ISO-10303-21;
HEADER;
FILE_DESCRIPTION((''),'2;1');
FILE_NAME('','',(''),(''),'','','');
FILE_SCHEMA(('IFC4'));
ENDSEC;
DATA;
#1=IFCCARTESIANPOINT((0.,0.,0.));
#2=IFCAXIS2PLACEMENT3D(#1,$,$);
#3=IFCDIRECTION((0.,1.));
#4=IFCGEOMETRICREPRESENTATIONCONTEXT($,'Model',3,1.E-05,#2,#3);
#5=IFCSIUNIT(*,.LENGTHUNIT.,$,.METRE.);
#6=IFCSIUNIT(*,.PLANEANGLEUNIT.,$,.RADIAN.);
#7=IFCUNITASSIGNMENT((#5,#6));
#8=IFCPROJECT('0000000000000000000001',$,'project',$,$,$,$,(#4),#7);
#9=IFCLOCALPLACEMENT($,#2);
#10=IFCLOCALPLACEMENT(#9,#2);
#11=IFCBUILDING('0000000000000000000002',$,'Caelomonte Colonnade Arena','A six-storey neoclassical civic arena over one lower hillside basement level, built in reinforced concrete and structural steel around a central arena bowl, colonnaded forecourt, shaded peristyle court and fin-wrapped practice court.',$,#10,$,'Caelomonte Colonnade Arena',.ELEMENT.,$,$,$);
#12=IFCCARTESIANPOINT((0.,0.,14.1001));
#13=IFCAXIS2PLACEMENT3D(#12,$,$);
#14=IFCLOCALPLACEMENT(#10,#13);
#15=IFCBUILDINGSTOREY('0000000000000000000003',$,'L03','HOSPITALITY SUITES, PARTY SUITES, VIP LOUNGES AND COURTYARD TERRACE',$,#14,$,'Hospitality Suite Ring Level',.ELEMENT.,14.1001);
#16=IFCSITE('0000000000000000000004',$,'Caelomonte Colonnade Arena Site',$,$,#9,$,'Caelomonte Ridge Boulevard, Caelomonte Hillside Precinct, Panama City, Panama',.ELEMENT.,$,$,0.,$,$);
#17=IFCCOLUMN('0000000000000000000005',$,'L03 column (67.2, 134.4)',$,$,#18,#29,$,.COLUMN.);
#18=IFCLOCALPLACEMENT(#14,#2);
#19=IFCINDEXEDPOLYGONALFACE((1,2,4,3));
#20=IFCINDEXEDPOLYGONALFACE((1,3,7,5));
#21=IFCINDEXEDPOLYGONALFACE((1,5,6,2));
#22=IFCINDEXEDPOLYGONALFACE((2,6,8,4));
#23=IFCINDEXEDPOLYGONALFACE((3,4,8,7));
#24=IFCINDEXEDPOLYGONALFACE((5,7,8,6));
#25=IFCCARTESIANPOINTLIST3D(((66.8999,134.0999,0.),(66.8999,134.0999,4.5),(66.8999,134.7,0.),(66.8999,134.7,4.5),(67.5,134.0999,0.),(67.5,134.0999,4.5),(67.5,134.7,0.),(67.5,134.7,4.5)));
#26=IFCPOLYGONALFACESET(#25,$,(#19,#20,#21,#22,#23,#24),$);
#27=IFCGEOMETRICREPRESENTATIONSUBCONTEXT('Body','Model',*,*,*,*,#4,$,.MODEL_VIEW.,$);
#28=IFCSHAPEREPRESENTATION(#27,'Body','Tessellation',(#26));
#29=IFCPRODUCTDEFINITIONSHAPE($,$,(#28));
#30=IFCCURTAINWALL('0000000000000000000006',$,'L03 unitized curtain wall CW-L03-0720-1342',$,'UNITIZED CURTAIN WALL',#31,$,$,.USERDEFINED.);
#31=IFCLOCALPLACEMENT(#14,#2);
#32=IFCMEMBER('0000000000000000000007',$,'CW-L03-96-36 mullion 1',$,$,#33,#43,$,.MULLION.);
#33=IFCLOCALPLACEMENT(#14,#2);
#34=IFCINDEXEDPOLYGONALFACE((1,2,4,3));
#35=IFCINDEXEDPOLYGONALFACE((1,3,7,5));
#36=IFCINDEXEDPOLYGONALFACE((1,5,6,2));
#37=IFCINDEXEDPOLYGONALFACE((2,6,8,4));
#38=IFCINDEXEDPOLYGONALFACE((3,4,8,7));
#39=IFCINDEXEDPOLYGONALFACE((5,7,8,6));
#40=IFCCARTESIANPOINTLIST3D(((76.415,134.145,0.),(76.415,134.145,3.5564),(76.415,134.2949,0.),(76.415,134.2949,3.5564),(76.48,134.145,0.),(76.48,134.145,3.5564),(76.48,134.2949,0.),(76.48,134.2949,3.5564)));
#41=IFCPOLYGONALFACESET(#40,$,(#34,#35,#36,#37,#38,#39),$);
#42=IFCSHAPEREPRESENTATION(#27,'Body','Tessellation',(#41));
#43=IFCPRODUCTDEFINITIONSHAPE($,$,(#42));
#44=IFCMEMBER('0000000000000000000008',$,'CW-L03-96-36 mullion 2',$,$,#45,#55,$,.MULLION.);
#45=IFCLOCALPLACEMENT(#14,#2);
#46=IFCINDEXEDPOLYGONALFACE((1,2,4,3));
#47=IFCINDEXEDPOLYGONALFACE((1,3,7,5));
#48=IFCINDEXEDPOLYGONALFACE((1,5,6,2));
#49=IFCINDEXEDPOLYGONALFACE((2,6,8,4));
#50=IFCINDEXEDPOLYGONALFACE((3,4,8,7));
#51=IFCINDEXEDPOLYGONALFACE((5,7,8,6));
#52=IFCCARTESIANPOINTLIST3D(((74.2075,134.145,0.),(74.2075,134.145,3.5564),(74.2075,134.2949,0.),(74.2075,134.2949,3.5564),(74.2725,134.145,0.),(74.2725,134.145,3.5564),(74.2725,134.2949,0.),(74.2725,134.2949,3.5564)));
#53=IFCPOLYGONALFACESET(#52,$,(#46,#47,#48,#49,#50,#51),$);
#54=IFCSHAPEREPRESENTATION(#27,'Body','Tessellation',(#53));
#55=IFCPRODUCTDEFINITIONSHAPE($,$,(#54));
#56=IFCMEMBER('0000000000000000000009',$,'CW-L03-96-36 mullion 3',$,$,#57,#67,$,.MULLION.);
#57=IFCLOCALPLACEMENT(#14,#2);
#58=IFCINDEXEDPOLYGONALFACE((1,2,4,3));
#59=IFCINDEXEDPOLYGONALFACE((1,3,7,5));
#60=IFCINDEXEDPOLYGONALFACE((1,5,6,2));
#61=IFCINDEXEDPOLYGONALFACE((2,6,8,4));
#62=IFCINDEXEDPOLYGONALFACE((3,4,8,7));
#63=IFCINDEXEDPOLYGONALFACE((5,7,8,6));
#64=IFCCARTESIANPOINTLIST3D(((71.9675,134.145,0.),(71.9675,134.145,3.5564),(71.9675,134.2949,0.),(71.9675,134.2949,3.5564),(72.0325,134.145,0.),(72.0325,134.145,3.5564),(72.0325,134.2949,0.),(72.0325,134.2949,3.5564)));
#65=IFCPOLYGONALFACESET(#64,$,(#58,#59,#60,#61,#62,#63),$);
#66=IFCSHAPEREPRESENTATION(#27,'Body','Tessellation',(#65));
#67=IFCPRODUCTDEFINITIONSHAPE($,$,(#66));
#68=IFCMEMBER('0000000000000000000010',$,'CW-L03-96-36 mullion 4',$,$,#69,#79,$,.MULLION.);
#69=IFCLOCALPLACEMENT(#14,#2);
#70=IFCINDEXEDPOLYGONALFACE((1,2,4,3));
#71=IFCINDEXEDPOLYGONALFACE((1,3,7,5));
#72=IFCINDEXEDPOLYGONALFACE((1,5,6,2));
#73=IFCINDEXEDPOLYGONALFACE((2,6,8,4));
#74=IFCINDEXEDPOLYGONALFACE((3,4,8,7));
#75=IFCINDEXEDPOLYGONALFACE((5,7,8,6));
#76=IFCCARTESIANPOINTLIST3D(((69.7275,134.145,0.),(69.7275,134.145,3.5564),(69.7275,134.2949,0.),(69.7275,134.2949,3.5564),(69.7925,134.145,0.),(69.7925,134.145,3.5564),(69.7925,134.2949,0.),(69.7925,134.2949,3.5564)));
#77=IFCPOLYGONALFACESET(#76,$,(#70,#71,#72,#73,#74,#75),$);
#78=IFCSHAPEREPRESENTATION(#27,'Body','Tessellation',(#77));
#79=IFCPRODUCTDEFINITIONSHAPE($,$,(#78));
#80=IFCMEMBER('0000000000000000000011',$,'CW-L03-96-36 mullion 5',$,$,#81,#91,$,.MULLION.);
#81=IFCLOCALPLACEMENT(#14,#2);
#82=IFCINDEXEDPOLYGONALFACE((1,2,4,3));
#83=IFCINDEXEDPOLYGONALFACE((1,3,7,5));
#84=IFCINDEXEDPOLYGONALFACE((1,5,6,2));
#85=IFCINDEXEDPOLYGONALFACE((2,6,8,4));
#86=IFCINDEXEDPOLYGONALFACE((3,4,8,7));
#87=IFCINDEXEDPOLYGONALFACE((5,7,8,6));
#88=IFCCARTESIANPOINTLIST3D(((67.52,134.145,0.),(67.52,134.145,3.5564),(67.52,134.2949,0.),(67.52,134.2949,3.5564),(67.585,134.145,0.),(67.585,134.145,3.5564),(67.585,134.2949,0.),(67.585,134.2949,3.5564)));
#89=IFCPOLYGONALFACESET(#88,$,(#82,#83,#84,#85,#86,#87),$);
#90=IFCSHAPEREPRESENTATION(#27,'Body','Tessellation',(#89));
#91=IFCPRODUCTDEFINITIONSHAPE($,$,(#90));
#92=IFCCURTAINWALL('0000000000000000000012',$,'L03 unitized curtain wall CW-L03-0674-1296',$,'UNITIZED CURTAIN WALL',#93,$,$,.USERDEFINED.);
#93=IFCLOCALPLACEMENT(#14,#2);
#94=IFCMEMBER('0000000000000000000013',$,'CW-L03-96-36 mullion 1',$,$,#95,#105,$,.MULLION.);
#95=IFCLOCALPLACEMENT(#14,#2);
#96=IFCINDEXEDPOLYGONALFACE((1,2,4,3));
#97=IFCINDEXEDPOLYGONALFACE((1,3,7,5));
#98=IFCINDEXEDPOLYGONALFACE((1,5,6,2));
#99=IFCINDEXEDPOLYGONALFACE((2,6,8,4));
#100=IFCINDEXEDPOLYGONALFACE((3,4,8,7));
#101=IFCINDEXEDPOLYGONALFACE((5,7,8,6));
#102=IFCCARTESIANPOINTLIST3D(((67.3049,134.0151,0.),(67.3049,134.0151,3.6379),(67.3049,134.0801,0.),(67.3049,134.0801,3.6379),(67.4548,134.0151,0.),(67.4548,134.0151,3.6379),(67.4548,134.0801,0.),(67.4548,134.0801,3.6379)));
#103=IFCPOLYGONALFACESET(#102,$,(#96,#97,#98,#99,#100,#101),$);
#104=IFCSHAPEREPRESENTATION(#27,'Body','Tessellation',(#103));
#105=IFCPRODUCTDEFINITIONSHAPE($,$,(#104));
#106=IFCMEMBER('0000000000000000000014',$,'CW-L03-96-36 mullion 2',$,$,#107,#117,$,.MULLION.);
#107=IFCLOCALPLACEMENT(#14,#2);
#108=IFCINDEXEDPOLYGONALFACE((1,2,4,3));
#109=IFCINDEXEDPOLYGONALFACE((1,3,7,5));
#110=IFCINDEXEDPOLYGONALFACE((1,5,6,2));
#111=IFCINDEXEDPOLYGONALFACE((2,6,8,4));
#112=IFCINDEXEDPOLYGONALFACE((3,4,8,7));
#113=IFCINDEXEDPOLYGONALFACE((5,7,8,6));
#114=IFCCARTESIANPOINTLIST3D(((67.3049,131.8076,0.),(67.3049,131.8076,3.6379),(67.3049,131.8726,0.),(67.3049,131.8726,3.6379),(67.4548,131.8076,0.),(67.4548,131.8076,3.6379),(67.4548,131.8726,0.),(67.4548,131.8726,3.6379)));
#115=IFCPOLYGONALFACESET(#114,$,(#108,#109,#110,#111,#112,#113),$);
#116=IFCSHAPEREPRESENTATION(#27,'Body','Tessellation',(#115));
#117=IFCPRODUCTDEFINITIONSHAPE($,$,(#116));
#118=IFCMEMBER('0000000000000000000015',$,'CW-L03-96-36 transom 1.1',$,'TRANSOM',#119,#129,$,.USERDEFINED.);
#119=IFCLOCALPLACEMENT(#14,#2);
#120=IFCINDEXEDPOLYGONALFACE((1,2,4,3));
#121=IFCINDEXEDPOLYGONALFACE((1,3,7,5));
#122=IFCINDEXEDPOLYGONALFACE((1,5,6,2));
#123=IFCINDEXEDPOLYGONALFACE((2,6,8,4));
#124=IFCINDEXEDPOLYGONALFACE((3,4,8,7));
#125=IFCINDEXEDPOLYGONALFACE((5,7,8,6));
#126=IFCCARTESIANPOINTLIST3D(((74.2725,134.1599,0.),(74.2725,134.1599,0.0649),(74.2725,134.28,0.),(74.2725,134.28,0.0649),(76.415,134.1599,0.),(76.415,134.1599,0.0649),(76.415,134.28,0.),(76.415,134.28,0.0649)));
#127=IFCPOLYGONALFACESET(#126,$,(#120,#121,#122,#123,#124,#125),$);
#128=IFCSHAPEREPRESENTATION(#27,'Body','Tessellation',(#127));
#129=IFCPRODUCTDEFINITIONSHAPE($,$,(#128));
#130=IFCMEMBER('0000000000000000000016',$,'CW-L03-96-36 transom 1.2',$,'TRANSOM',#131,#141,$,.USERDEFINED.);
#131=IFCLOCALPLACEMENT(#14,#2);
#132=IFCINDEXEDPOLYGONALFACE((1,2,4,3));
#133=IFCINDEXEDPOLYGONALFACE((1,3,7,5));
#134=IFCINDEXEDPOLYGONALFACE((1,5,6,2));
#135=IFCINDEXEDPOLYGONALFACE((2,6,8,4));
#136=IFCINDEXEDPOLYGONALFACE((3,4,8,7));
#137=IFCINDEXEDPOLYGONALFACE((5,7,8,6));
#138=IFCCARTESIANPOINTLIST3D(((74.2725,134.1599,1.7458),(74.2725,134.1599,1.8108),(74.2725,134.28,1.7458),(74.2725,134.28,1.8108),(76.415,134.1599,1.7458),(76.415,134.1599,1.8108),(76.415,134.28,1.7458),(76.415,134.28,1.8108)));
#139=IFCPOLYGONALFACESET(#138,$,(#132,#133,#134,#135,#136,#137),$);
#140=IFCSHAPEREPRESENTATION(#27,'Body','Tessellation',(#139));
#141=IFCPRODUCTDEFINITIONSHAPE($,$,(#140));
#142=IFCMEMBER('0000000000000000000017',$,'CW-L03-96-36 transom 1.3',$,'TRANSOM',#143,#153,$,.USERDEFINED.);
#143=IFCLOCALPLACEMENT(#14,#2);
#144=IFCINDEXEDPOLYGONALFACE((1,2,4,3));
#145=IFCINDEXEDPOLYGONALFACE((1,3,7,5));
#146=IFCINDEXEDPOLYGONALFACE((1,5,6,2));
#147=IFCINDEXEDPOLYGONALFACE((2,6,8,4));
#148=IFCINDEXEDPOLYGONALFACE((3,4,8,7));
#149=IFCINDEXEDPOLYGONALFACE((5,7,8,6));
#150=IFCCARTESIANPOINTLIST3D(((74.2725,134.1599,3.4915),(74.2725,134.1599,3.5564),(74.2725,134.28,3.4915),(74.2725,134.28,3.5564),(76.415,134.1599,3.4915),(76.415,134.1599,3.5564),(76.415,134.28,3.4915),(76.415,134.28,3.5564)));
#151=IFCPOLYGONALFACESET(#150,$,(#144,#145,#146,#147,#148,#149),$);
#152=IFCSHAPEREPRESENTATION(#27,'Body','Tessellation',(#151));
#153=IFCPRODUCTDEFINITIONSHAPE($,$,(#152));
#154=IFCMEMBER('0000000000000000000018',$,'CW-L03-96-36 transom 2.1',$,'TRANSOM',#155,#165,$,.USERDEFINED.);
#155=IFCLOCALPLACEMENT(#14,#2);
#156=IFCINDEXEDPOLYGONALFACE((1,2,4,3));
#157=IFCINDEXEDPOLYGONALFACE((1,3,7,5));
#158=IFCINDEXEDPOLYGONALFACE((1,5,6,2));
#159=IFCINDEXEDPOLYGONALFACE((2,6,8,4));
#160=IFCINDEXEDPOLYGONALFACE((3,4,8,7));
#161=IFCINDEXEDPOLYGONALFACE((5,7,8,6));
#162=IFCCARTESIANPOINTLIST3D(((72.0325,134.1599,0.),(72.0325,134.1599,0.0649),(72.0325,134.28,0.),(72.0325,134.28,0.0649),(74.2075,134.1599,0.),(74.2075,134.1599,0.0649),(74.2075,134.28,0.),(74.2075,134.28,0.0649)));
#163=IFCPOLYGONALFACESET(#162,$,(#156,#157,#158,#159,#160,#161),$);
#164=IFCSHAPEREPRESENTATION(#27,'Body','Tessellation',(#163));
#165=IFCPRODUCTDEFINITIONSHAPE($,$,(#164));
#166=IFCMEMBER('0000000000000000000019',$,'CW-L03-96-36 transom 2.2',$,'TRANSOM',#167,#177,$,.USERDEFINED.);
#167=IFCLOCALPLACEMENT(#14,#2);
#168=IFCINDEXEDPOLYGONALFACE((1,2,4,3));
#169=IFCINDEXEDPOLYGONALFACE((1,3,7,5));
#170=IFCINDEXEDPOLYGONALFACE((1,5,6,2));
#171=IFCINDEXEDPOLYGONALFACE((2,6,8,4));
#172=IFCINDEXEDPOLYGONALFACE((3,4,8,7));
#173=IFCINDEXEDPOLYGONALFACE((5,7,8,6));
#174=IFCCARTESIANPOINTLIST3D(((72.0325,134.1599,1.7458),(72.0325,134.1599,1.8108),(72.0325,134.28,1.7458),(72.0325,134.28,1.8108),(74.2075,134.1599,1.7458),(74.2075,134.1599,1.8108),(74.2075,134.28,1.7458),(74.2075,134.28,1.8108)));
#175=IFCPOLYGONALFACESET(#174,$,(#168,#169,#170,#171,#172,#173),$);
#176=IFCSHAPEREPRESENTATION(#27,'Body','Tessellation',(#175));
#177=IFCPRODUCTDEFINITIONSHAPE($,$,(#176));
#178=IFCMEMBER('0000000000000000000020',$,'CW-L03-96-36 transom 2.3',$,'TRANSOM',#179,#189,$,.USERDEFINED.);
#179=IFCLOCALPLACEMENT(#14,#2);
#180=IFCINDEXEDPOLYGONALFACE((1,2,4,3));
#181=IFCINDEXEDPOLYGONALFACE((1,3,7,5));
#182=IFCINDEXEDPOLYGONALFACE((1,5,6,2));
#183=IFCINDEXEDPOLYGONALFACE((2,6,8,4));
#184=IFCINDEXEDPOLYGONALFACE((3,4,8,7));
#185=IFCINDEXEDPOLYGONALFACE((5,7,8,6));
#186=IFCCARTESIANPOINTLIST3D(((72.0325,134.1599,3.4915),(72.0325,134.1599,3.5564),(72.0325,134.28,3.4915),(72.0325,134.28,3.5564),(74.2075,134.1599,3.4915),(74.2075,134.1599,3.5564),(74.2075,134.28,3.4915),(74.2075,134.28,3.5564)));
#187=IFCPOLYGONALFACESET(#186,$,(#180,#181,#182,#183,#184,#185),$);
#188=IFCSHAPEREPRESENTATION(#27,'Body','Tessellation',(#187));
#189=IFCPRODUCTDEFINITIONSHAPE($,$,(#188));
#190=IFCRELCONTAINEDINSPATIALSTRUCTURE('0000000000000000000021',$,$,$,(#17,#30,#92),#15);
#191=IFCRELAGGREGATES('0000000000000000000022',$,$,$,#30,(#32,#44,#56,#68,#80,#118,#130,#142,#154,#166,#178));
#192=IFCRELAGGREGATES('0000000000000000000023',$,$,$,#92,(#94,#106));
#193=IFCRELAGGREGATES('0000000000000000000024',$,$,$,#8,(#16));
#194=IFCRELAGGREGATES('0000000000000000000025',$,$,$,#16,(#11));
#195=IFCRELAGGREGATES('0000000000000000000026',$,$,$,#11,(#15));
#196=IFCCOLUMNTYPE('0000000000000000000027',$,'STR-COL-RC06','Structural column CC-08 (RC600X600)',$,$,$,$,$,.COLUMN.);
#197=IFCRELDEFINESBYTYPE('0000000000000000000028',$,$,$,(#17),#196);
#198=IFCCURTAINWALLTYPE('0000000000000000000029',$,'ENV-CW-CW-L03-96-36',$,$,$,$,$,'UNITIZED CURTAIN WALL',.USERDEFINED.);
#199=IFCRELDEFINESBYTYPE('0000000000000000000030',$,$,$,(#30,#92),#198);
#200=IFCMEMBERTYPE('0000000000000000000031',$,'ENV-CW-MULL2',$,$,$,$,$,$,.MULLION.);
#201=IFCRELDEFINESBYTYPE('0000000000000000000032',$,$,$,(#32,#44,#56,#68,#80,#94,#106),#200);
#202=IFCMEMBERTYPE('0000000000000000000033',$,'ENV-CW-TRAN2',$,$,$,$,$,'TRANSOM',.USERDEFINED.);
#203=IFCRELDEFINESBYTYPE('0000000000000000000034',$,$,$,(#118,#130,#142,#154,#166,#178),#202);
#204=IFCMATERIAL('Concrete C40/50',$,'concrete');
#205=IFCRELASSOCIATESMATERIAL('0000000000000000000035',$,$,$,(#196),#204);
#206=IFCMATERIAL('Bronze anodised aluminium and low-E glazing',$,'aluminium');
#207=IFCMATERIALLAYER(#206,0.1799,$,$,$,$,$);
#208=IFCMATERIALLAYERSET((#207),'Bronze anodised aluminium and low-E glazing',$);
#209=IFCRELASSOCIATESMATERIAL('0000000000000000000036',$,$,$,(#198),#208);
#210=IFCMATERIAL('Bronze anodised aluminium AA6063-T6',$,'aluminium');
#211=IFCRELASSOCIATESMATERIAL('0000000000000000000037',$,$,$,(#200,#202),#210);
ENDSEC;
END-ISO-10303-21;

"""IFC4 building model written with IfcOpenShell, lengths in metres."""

from ifc_helpers import new_model, si_unit, direction, frame, origin, origin_2d, place, context, subcontext, project, spatial, rectangle, extrude, material, layer, layer_set, material_profile, profile_set, type_object, element, aggregate, save


model = new_model("IFC4")

# Units and contexts
model_context = context("Model", 3, precision=1e-05, world=origin(), true_north=direction((0.0, 1.0)))
body_context = subcontext(model_context, "Body", "Model", "MODEL_VIEW")
ifc_project = project(units=[si_unit("LENGTHUNIT", "METRE"), si_unit("PLANEANGLEUNIT", "RADIAN")], contexts=[model_context])

# Site, building, storey
site_placement = place(None, origin())
site = spatial("IfcSite", under=ifc_project, at=site_placement, Name="Caelomonte Colonnade Arena Site", LongName="Caelomonte Ridge Boulevard, Caelomonte Hillside Precinct, Panama City, Panama", CompositionType="ELEMENT", RefElevation=0.0)
building_placement = place(site_placement, origin())
building = spatial("IfcBuilding", under=site, at=building_placement, Name="Caelomonte Colonnade Arena", Description="A six-storey neoclassical civic arena over one lower hillside basement level, built in reinforced concrete and structural steel around a central arena bowl, colonnaded forecourt, shaded peristyle court and fin-wrapped practice court.", LongName="Caelomonte Colonnade Arena", CompositionType="ELEMENT")
storey_placement = place(building_placement, frame((0.0, 0.0, 14.1001)))
storey = spatial("IfcBuildingStorey", under=building, at=storey_placement, Name="L03", Description="HOSPITALITY SUITES, PARTY SUITES, VIP LOUNGES AND COURTYARD TERRACE", LongName="Hospitality Suite Ring Level", CompositionType="ELEMENT", Elevation=14.1001)

# Column
ifc_material_1 = material(Name="Concrete C40/50", Category="concrete")
ifc_material_profile_1 = material_profile(ifc_material_1, rectangle(XDim=0.6001, YDim=0.6001, at=origin_2d()), Name="RC600X600")
ifc_profile_set_1 = profile_set([ifc_material_profile_1], Name="Concrete C40/50")
column_type = type_object("IfcColumnType", Name="STR-COL-RC06", Description="Structural column CC-08 (RC600X600)", PredefinedType="COLUMN", material=ifc_profile_set_1)
column_placement = place(storey_placement, frame((67.2, 134.3999, 0.0), z_axis=(0.0, 0.0, 1.0), x_axis=(1.0, 0.0, 0.0)))
element("IfcColumn", 1, at=column_placement, inside=storey, type_object=column_type, Name="L03 column (67.2, 134.4)", PredefinedType="COLUMN", context=body_context, shape_type="SweptSolid", body=[
    extrude(rectangle(XDim=0.6001, YDim=0.6001, at=origin_2d()), origin(), (0.0, 0.0, 1.0), 4.5),
])

# Curtain walls, members
ifc_material_2 = material(Name="Bronze anodised aluminium and low-E glazing", Category="aluminium")
ifc_layer_1 = layer(ifc_material_2, 0.1799)
ifc_layer_set_1 = layer_set([ifc_layer_1], Name="Bronze anodised aluminium and low-E glazing")
curtain_wall_type = type_object("IfcCurtainWallType", Name="ENV-CW-CW-L03-96-36", ElementType="UNITIZED CURTAIN WALL", PredefinedType="USERDEFINED", material=ifc_layer_set_1)
curtain_wall_1_placement = place(storey_placement, origin())
curtain_wall_1 = element("IfcCurtainWall", 2, at=curtain_wall_1_placement, inside=storey, type_object=curtain_wall_type, Name="L03 unitized curtain wall CW-L03-0720-1342", ObjectType="UNITIZED CURTAIN WALL", PredefinedType="USERDEFINED")
ifc_material_3 = material(Name="Bronze anodised aluminium AA6063-T6", Category="aluminium")
ifc_material_profile_2 = material_profile(ifc_material_3, rectangle(XDim=0.0649, YDim=0.1499, at=origin_2d()), Name="CWM-65X150")
ifc_profile_set_2 = profile_set([ifc_material_profile_2], Name="Bronze anodised aluminium AA6063-T6")
member_type_1 = type_object("IfcMemberType", Name="ENV-CW-MULL2", PredefinedType="MULLION", material=ifc_profile_set_2)
member_1_placement = place(storey_placement, frame((76.4475, 134.22, 0.0), z_axis=(0.0, 0.0, 1.0), x_axis=(-1.0, 0.0, 0.0)))
member_1 = element("IfcMember", 3, at=member_1_placement, type_object=member_type_1, Name="CW-L03-96-36 mullion 1", PredefinedType="MULLION", context=body_context, shape_type="SweptSolid", body=[
    extrude(rectangle(XDim=0.0649, YDim=0.1499, at=origin_2d()), origin(), (0.0, 0.0, 1.0), 3.5564),
])
member_2_placement = place(storey_placement, frame((74.24, 134.22, 0.0), z_axis=(0.0, 0.0, 1.0), x_axis=(-1.0, 0.0, 0.0)))
member_2 = element("IfcMember", 4, at=member_2_placement, type_object=member_type_1, Name="CW-L03-96-36 mullion 2", PredefinedType="MULLION", context=body_context, shape_type="SweptSolid", body=[
    extrude(rectangle(XDim=0.0649, YDim=0.1499, at=origin_2d()), origin(), (0.0, 0.0, 1.0), 3.5564),
])
member_3_placement = place(storey_placement, frame((72.0, 134.22, 0.0), z_axis=(0.0, 0.0, 1.0), x_axis=(-1.0, 0.0, 0.0)))
member_3 = element("IfcMember", 5, at=member_3_placement, type_object=member_type_1, Name="CW-L03-96-36 mullion 3", PredefinedType="MULLION", context=body_context, shape_type="SweptSolid", body=[
    extrude(rectangle(XDim=0.0649, YDim=0.1499, at=origin_2d()), origin(), (0.0, 0.0, 1.0), 3.5564),
])
member_4_placement = place(storey_placement, frame((69.76, 134.22, 0.0), z_axis=(0.0, 0.0, 1.0), x_axis=(-1.0, 0.0, 0.0)))
member_4 = element("IfcMember", 6, at=member_4_placement, type_object=member_type_1, Name="CW-L03-96-36 mullion 4", PredefinedType="MULLION", context=body_context, shape_type="SweptSolid", body=[
    extrude(rectangle(XDim=0.0649, YDim=0.1499, at=origin_2d()), origin(), (0.0, 0.0, 1.0), 3.5564),
])
member_5_placement = place(storey_placement, frame((67.5525, 134.22, 0.0), z_axis=(0.0, 0.0, 1.0), x_axis=(-1.0, 0.0, 0.0)))
member_5 = element("IfcMember", 7, at=member_5_placement, type_object=member_type_1, Name="CW-L03-96-36 mullion 5", PredefinedType="MULLION", context=body_context, shape_type="SweptSolid", body=[
    extrude(rectangle(XDim=0.0649, YDim=0.1499, at=origin_2d()), origin(), (0.0, 0.0, 1.0), 3.5564),
])
curtain_wall_2_placement = place(storey_placement, origin())
curtain_wall_2 = element("IfcCurtainWall", 8, at=curtain_wall_2_placement, inside=storey, type_object=curtain_wall_type, Name="L03 unitized curtain wall CW-L03-0674-1296", ObjectType="UNITIZED CURTAIN WALL", PredefinedType="USERDEFINED")
member_6_placement = place(storey_placement, frame((67.3799, 134.0476, 0.0), z_axis=(0.0, 0.0, 1.0), x_axis=(0.0, -1.0, 0.0)))
member_6 = element("IfcMember", 9, at=member_6_placement, type_object=member_type_1, Name="CW-L03-96-36 mullion 1", PredefinedType="MULLION", context=body_context, shape_type="SweptSolid", body=[
    extrude(rectangle(XDim=0.0649, YDim=0.1499, at=origin_2d()), origin(), (0.0, 0.0, 1.0), 3.6379),
])
member_7_placement = place(storey_placement, frame((67.3799, 131.8401, 0.0), z_axis=(0.0, 0.0, 1.0), x_axis=(0.0, -1.0, 0.0)))
member_7 = element("IfcMember", 10, at=member_7_placement, type_object=member_type_1, Name="CW-L03-96-36 mullion 2", PredefinedType="MULLION", context=body_context, shape_type="SweptSolid", body=[
    extrude(rectangle(XDim=0.0649, YDim=0.1499, at=origin_2d()), origin(), (0.0, 0.0, 1.0), 3.6379),
])

# Members
ifc_material_profile_3 = material_profile(ifc_material_3, rectangle(XDim=0.0649, YDim=0.1201, at=origin_2d()), Name="CWT-65X120")
ifc_profile_set_3 = profile_set([ifc_material_profile_3], Name="Bronze anodised aluminium AA6063-T6")
member_type_2 = type_object("IfcMemberType", Name="ENV-CW-TRAN2", ElementType="TRANSOM", PredefinedType="USERDEFINED", material=ifc_profile_set_3)
member_8_placement = place(storey_placement, frame((76.415, 134.22, 0.0325), z_axis=(-1.0, 0.0, 0.0), x_axis=(0.0, 0.0, 1.0)))
member_8 = element("IfcMember", 11, at=member_8_placement, type_object=member_type_2, Name="CW-L03-96-36 transom 1.1", ObjectType="TRANSOM", PredefinedType="USERDEFINED", context=body_context, shape_type="SweptSolid", body=[
    extrude(rectangle(XDim=0.0649, YDim=0.1201, at=origin_2d()), origin(), (0.0, 0.0, 1.0), 2.1426),
])
member_9_placement = place(storey_placement, frame((76.415, 134.22, 1.7783), z_axis=(-1.0, 0.0, 0.0), x_axis=(0.0, 0.0, 1.0)))
member_9 = element("IfcMember", 12, at=member_9_placement, type_object=member_type_2, Name="CW-L03-96-36 transom 1.2", ObjectType="TRANSOM", PredefinedType="USERDEFINED", context=body_context, shape_type="SweptSolid", body=[
    extrude(rectangle(XDim=0.0649, YDim=0.1201, at=origin_2d()), origin(), (0.0, 0.0, 1.0), 2.1426),
])
member_10_placement = place(storey_placement, frame((76.415, 134.22, 3.5239), z_axis=(-1.0, 0.0, 0.0), x_axis=(0.0, 0.0, 1.0)))
member_10 = element("IfcMember", 13, at=member_10_placement, type_object=member_type_2, Name="CW-L03-96-36 transom 1.3", ObjectType="TRANSOM", PredefinedType="USERDEFINED", context=body_context, shape_type="SweptSolid", body=[
    extrude(rectangle(XDim=0.0649, YDim=0.1201, at=origin_2d()), origin(), (0.0, 0.0, 1.0), 2.1426),
])
member_11_placement = place(storey_placement, frame((74.2075, 134.22, 0.0325), z_axis=(-1.0, 0.0, 0.0), x_axis=(0.0, 0.0, 1.0)))
member_11 = element("IfcMember", 14, at=member_11_placement, type_object=member_type_2, Name="CW-L03-96-36 transom 2.1", ObjectType="TRANSOM", PredefinedType="USERDEFINED", context=body_context, shape_type="SweptSolid", body=[
    extrude(rectangle(XDim=0.0649, YDim=0.1201, at=origin_2d()), origin(), (0.0, 0.0, 1.0), 2.175),
])
member_12_placement = place(storey_placement, frame((74.2075, 134.22, 1.7783), z_axis=(-1.0, 0.0, 0.0), x_axis=(0.0, 0.0, 1.0)))
member_12 = element("IfcMember", 15, at=member_12_placement, type_object=member_type_2, Name="CW-L03-96-36 transom 2.2", ObjectType="TRANSOM", PredefinedType="USERDEFINED", context=body_context, shape_type="SweptSolid", body=[
    extrude(rectangle(XDim=0.0649, YDim=0.1201, at=origin_2d()), origin(), (0.0, 0.0, 1.0), 2.175),
])
member_13_placement = place(storey_placement, frame((74.2075, 134.22, 3.5239), z_axis=(-1.0, 0.0, 0.0), x_axis=(0.0, 0.0, 1.0)))
member_13 = element("IfcMember", 16, at=member_13_placement, type_object=member_type_2, Name="CW-L03-96-36 transom 2.3", ObjectType="TRANSOM", PredefinedType="USERDEFINED", context=body_context, shape_type="SweptSolid", body=[
    extrude(rectangle(XDim=0.0649, YDim=0.1201, at=origin_2d()), origin(), (0.0, 0.0, 1.0), 2.175),
])

aggregate(curtain_wall_1, [member_1, member_2, member_3, member_4, member_5, member_8, member_9, member_10, member_11, member_12, member_13])
aggregate(curtain_wall_2, [member_6, member_7])

save(model, "model.ifc")
